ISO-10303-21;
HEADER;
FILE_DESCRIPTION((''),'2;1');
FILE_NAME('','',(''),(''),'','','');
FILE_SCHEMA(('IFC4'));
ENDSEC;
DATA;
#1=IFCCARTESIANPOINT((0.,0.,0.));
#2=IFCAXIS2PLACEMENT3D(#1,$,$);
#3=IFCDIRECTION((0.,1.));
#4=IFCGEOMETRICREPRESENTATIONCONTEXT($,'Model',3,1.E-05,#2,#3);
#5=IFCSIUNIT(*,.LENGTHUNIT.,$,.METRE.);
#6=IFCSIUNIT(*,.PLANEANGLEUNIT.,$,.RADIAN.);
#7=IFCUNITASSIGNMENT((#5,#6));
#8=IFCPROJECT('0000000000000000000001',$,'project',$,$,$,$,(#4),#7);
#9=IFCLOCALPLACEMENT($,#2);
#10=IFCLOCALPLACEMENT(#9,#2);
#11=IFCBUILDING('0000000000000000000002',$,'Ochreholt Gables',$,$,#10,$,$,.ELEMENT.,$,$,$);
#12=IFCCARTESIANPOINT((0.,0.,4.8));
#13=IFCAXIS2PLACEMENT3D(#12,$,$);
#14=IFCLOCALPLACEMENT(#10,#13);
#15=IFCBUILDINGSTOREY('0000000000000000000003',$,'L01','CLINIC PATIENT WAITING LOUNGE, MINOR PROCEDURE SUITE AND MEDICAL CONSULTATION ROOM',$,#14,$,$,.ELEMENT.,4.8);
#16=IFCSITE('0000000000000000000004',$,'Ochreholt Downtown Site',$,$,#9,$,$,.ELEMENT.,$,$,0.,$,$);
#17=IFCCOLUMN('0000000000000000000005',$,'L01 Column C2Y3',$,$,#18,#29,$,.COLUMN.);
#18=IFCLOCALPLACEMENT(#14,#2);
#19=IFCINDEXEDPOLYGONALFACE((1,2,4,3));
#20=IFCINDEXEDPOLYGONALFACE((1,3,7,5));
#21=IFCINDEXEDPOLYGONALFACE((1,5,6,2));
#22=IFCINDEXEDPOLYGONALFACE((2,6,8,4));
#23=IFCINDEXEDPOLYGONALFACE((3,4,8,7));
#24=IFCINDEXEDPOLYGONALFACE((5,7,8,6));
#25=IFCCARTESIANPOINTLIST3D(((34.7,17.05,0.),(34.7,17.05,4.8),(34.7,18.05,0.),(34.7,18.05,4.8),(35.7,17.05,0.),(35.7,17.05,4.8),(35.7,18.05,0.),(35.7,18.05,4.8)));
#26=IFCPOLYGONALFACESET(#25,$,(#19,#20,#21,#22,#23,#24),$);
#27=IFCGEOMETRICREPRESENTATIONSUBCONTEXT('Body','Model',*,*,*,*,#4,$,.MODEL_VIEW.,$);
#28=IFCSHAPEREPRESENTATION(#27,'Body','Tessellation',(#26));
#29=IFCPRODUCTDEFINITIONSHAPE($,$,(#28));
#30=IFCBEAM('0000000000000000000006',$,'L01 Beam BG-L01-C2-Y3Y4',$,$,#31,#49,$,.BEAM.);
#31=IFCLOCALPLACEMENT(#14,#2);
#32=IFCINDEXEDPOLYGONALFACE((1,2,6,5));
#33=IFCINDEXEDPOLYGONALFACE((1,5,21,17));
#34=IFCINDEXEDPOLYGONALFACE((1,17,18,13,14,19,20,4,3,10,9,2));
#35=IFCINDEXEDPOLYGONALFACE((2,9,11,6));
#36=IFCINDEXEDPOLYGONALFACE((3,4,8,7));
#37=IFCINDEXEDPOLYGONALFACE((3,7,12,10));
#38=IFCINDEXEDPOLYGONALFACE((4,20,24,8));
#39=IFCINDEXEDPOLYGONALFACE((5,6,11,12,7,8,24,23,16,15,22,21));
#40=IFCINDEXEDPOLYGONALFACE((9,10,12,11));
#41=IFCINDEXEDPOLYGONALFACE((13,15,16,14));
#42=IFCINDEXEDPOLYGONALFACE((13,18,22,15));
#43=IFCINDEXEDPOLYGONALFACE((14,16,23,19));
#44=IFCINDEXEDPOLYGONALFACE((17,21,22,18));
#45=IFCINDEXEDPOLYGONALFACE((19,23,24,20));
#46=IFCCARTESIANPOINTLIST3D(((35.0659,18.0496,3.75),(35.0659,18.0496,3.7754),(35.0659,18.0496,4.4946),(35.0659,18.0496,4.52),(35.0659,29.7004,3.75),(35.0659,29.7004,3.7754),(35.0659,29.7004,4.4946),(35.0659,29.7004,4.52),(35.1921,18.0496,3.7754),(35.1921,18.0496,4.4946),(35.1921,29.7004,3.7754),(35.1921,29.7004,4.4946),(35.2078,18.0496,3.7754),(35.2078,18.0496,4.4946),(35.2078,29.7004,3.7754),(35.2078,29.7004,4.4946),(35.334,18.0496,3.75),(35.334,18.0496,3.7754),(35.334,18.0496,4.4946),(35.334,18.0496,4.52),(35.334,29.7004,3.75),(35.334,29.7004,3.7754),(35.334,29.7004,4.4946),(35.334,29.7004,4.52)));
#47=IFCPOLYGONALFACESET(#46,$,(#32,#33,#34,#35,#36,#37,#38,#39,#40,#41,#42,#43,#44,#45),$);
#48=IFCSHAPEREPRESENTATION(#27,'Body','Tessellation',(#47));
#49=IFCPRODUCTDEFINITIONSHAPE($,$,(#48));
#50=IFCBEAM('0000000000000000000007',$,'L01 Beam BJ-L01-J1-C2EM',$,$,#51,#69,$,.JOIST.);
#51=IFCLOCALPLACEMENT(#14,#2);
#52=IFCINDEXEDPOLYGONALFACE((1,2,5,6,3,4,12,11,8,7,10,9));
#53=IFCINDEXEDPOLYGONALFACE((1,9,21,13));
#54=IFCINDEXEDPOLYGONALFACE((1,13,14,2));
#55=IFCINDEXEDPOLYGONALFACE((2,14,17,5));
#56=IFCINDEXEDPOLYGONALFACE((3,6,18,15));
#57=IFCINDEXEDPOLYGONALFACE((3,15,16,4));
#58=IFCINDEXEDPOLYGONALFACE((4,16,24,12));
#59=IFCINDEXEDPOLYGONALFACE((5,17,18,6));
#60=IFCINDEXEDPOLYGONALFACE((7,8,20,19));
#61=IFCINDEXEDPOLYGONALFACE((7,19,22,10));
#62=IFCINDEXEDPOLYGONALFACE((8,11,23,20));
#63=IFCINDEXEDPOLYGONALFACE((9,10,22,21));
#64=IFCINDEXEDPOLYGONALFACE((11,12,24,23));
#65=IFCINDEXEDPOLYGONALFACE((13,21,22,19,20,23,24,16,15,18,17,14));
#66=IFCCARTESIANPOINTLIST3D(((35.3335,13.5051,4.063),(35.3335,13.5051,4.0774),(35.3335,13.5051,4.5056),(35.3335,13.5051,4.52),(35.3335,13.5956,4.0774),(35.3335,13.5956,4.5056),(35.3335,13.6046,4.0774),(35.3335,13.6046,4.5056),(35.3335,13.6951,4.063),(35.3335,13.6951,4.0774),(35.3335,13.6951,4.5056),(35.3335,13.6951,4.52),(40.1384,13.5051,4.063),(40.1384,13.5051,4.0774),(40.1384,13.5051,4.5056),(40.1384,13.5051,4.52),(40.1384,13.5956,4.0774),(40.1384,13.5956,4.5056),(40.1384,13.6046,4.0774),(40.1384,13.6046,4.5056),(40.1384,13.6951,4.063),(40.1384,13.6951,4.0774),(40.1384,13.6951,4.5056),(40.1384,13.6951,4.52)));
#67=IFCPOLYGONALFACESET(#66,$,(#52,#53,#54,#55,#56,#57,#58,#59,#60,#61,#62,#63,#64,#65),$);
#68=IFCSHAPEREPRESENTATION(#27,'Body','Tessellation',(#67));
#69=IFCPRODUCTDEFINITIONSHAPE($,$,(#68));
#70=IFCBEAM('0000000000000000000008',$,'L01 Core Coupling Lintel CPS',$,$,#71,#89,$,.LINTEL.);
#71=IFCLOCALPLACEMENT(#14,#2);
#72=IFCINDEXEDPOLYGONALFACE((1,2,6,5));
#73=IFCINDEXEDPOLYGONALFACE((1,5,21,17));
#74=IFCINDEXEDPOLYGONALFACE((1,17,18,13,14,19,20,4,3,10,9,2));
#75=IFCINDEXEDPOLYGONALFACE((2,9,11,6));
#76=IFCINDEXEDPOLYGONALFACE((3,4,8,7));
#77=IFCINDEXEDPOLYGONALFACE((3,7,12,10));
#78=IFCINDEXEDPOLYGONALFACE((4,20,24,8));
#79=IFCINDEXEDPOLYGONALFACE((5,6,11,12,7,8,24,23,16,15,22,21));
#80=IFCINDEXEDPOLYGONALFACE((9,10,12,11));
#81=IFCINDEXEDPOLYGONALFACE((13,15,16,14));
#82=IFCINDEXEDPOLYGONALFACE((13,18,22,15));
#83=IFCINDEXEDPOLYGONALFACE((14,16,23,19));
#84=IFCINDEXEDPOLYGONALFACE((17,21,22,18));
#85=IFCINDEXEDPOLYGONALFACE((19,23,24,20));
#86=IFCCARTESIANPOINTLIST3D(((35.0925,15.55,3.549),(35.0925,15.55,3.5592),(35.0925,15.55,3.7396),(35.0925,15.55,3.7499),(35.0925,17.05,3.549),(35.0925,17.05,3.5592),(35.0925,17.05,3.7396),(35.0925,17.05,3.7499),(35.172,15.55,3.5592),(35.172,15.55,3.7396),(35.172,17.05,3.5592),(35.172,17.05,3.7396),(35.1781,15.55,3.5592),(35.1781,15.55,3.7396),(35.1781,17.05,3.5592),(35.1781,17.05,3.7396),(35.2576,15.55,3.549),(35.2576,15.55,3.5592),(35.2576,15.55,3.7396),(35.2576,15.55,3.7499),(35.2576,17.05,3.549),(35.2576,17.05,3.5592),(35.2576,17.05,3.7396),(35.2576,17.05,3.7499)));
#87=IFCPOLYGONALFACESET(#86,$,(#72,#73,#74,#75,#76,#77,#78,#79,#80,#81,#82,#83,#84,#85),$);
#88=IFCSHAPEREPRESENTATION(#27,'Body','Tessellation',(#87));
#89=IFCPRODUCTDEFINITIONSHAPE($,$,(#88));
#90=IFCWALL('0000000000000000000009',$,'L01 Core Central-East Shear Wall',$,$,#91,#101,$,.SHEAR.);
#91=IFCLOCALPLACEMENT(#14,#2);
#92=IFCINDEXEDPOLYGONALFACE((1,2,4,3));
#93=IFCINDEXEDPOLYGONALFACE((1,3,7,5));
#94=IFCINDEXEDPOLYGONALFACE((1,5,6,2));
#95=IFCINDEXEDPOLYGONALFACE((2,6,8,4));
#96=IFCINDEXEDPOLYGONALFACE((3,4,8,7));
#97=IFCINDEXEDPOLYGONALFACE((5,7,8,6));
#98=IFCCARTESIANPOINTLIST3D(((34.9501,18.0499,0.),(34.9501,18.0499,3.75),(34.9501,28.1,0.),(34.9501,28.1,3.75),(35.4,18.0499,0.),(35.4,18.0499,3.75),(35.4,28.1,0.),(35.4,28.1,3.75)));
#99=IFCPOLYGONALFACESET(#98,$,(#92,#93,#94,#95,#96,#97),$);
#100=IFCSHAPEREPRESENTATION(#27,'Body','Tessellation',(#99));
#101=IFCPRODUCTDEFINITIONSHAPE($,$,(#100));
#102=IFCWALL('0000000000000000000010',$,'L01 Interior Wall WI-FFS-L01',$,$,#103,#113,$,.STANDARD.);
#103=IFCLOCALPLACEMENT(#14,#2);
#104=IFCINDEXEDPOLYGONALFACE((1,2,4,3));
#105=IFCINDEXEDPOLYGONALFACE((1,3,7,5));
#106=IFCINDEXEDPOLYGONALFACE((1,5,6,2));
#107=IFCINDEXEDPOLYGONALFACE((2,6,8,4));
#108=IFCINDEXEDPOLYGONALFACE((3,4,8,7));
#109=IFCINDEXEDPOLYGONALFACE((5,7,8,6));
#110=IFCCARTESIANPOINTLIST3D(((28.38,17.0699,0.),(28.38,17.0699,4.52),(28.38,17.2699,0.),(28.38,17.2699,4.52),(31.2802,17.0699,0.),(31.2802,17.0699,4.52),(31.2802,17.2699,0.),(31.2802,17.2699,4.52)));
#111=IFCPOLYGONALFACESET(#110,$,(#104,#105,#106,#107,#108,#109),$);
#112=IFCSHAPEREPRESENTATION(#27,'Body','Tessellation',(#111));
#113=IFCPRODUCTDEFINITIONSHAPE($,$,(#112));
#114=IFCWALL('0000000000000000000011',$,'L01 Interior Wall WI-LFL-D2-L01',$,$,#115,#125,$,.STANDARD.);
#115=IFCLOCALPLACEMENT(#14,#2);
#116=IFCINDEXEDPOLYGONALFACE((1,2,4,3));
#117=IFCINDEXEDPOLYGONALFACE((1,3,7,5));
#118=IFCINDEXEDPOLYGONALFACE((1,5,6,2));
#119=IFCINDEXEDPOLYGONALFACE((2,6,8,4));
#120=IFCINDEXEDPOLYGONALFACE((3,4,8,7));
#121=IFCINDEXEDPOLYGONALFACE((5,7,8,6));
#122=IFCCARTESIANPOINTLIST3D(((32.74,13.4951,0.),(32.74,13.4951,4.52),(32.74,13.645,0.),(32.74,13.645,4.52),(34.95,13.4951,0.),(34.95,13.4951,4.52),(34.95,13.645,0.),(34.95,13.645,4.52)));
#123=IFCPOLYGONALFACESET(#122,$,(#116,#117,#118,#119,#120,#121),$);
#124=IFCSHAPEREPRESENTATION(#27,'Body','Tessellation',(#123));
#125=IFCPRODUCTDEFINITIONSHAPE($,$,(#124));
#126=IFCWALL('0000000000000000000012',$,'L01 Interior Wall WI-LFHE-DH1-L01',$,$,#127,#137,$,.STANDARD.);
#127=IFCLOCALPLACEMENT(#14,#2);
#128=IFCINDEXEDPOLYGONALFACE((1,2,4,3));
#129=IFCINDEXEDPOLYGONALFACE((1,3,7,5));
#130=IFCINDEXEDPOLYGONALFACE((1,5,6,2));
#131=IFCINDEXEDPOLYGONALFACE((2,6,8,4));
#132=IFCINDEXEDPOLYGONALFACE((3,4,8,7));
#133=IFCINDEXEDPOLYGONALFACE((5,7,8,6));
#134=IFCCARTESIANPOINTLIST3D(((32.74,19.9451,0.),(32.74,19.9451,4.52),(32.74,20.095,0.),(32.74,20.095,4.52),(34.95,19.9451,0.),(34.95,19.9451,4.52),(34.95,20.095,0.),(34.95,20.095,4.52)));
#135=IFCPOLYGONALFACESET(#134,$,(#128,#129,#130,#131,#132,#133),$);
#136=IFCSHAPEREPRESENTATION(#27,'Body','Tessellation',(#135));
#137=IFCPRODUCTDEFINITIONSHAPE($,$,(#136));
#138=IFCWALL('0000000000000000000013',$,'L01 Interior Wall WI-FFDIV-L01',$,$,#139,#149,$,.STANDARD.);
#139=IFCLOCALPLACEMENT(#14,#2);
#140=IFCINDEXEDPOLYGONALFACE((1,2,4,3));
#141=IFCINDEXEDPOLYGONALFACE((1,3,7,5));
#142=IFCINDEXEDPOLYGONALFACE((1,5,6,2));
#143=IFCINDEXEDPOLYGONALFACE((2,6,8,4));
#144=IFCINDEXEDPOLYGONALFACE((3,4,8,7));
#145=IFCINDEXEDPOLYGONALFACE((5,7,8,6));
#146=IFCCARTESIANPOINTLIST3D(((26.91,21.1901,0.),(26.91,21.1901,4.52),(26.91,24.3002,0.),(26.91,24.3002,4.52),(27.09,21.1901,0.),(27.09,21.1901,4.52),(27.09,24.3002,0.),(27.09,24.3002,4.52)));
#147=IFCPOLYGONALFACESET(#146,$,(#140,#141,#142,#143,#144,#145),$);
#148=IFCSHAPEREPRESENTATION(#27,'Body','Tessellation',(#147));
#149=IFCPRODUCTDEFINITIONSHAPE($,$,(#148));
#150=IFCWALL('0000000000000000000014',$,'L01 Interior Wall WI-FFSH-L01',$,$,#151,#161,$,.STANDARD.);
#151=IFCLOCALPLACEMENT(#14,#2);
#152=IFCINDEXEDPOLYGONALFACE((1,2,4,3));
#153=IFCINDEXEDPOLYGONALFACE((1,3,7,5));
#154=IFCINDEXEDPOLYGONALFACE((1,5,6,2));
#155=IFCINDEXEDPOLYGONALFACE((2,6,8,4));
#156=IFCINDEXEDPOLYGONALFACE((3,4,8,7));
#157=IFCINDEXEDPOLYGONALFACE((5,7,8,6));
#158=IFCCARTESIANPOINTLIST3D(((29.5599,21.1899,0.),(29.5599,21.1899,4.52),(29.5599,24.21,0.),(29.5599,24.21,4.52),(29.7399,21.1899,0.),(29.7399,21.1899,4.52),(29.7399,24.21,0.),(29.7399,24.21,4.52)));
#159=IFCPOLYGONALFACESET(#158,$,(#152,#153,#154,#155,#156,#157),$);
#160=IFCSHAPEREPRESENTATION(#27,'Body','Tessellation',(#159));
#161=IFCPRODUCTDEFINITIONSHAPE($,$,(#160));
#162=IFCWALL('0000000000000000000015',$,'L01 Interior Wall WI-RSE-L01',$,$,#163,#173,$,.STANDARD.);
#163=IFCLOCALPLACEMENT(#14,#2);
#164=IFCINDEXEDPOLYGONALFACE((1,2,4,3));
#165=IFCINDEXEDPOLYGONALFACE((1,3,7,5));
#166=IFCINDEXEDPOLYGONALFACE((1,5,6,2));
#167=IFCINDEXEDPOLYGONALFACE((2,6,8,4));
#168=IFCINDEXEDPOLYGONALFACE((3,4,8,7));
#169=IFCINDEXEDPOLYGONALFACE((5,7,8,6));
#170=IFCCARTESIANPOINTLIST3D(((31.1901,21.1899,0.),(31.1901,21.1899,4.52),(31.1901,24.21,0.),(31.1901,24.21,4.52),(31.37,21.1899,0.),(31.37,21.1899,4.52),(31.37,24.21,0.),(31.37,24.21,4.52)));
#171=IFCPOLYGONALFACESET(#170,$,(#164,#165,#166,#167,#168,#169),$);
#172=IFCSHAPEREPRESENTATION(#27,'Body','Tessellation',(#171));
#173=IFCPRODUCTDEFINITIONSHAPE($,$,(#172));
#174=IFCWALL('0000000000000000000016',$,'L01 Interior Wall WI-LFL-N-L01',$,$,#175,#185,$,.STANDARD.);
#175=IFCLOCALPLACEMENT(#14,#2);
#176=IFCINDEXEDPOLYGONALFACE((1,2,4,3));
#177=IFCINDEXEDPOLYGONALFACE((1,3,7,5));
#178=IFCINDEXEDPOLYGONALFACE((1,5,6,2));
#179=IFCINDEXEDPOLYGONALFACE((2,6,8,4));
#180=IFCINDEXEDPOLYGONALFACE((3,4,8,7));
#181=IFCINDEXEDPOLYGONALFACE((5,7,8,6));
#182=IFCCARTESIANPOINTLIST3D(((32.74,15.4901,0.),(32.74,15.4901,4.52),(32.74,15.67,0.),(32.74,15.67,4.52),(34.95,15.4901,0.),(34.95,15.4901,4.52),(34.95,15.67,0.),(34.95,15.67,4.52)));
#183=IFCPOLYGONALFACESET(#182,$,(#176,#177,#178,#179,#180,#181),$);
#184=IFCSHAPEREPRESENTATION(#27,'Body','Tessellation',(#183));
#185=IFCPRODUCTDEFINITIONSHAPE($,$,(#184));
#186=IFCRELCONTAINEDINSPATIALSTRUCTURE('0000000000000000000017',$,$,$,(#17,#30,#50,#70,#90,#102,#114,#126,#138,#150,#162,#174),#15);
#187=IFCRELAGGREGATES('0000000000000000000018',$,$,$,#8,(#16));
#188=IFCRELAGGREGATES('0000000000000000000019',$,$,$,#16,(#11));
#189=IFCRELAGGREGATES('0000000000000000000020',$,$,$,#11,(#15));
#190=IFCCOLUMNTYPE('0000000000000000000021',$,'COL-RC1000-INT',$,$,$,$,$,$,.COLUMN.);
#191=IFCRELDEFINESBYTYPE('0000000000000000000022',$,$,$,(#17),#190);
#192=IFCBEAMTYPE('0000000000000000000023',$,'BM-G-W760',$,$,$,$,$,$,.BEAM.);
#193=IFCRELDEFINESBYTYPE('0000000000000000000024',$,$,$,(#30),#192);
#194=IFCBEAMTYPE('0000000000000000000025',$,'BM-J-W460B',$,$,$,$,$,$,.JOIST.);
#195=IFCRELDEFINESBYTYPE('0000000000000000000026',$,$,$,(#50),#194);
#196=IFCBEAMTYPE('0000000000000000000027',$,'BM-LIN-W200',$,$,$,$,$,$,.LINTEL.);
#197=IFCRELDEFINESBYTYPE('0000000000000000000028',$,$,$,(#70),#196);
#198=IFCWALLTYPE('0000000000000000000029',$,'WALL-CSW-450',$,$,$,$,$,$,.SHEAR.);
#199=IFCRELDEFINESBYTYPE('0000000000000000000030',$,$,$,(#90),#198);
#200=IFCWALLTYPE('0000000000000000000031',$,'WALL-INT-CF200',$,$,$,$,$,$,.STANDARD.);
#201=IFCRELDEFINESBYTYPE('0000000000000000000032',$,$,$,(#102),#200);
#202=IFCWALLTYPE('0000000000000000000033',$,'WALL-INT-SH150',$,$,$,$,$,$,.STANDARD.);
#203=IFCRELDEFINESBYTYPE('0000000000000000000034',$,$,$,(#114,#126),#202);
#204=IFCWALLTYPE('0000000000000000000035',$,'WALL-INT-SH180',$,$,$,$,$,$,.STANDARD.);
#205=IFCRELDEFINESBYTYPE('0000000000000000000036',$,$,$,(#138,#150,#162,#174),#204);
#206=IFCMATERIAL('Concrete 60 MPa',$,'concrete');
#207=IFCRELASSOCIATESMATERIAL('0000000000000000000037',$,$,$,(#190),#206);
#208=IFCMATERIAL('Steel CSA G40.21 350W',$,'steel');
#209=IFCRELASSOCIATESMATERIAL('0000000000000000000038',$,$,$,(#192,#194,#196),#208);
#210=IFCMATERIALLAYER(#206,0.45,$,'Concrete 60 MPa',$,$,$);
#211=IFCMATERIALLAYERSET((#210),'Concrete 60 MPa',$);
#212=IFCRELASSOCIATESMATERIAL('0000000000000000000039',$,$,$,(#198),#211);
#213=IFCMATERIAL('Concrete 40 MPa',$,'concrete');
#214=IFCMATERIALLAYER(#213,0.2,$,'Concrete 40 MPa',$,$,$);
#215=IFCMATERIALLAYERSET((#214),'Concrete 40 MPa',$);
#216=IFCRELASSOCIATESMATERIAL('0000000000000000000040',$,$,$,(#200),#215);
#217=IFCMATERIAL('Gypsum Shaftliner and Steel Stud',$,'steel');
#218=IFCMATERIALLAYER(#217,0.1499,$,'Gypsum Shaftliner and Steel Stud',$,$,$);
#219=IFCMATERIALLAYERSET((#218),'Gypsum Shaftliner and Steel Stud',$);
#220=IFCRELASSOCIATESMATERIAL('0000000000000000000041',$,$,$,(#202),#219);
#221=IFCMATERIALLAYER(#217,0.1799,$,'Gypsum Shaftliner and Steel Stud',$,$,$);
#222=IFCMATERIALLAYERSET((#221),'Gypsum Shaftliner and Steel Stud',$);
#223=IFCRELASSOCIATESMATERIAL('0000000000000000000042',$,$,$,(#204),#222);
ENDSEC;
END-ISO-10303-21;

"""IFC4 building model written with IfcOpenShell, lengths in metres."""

from ifc_helpers import new_model, si_unit, direction, frame, frame_2d, origin, origin_2d, place, context, subcontext, project, spatial, rectangle, i_section, extrude, material, layer, layer_set, material_profile, profile_set, type_object, element, save


model = new_model("IFC4")

# Units and contexts
model_context = context("Model", 3, precision=1e-05, world=origin(), true_north=direction((0.0, 1.0)))
body_context = subcontext(model_context, "Body", "Model", "MODEL_VIEW")
ifc_project = project(units=[si_unit("LENGTHUNIT", "METRE"), si_unit("PLANEANGLEUNIT", "RADIAN")], contexts=[model_context])

# Site, building, storey
site_placement = place(None, origin())
site = spatial("IfcSite", under=ifc_project, at=site_placement, Name="Ochreholt Downtown Site", CompositionType="ELEMENT", RefElevation=0.0)
building_placement = place(site_placement, origin())
building = spatial("IfcBuilding", under=site, at=building_placement, Name="Ochreholt Gables", CompositionType="ELEMENT")
storey_placement = place(building_placement, frame((0.0, 0.0, 4.8)))
storey = spatial("IfcBuildingStorey", under=building, at=storey_placement, Name="L01", Description="CLINIC PATIENT WAITING LOUNGE, MINOR PROCEDURE SUITE AND MEDICAL CONSULTATION ROOM", CompositionType="ELEMENT", Elevation=4.8)

# Column
ifc_material_1 = material(Name="Concrete 60 MPa", Category="concrete")
ifc_material_profile_1 = material_profile(ifc_material_1, rectangle(XDim=1.0, YDim=1.0, at=origin_2d()), Name="RC1000X1000")
ifc_profile_set_1 = profile_set([ifc_material_profile_1], Name="Concrete 60 MPa")
column_type = type_object("IfcColumnType", Name="COL-RC1000-INT", PredefinedType="COLUMN", material=ifc_profile_set_1)
column_placement = place(storey_placement, frame((35.2, 17.55, 0.0), z_axis=(0.0, 0.0, 1.0), x_axis=(1.0, 0.0, 0.0)))
element("IfcColumn", 1, at=column_placement, inside=storey, type_object=column_type, Name="L01 Column C2Y3", PredefinedType="COLUMN", context=body_context, shape_type="SweptSolid", body=[
    extrude(rectangle(XDim=1.0, YDim=1.0, at=origin_2d()), origin(), (0.0, 0.0, 1.0), 4.8),
])

# Beams
ifc_material_2 = material(Name="Steel CSA G40.21 350W", Category="steel")
ifc_material_profile_2 = material_profile(ifc_material_2, i_section(OverallWidth=0.2681, OverallDepth=0.77, WebThickness=0.0156, FlangeThickness=0.0254, at=origin_2d()), Name="W760X196")
ifc_profile_set_2 = profile_set([ifc_material_profile_2], Name="Steel CSA G40.21 350W")
beam_type_1 = type_object("IfcBeamType", Name="BM-G-W760", PredefinedType="BEAM", material=ifc_profile_set_2)
beam_1_placement = place(storey_placement, frame((35.2, 18.0496, 4.135), z_axis=(0.0, 1.0, 0.0), x_axis=(-1.0, 0.0, 0.0)))
element("IfcBeam", 2, at=beam_1_placement, inside=storey, type_object=beam_type_1, Name="L01 Beam BG-L01-C2-Y3Y4", PredefinedType="BEAM", context=body_context, shape_type="SweptSolid", body=[
    extrude(i_section(OverallWidth=0.2681, OverallDepth=0.77, WebThickness=0.0156, FlangeThickness=0.0254, at=origin_2d()), origin(), (0.0, 0.0, 1.0), 11.6509),
])
ifc_material_profile_3 = material_profile(ifc_material_2, i_section(OverallWidth=0.1899, OverallDepth=0.457, WebThickness=0.009, FlangeThickness=0.0144, at=origin_2d()), Name="W460X74")
ifc_profile_set_3 = profile_set([ifc_material_profile_3], Name="Steel CSA G40.21 350W")
beam_type_2 = type_object("IfcBeamType", Name="BM-J-W460B", PredefinedType="JOIST", material=ifc_profile_set_3)
beam_2_placement = place(storey_placement, frame((35.3335, 13.6001, 4.2915), z_axis=(1.0, 0.0, 0.0), x_axis=(0.0, 1.0, 0.0)))
element("IfcBeam", 3, at=beam_2_placement, inside=storey, type_object=beam_type_2, Name="L01 Beam BJ-L01-J1-C2EM", PredefinedType="JOIST", context=body_context, shape_type="SweptSolid", body=[
    extrude(i_section(OverallWidth=0.1899, OverallDepth=0.457, WebThickness=0.009, FlangeThickness=0.0144, at=origin_2d()), origin(), (0.0, 0.0, 1.0), 4.8049),
])
ifc_material_profile_4 = material_profile(ifc_material_2, i_section(OverallWidth=0.165, OverallDepth=0.2009, WebThickness=0.0061, FlangeThickness=0.0103, at=origin_2d()), Name="W200X36")
ifc_profile_set_4 = profile_set([ifc_material_profile_4], Name="Steel CSA G40.21 350W")
beam_type_3 = type_object("IfcBeamType", Name="BM-LIN-W200", PredefinedType="LINTEL", material=ifc_profile_set_4)
beam_3_placement = place(storey_placement, frame((35.175, 15.55, 3.6494), z_axis=(0.0, 1.0, 0.0), x_axis=(-1.0, 0.0, 0.0)))
element("IfcBeam", 4, at=beam_3_placement, inside=storey, type_object=beam_type_3, Name="L01 Core Coupling Lintel CPS", PredefinedType="LINTEL", context=body_context, shape_type="SweptSolid", body=[
    extrude(i_section(OverallWidth=0.165, OverallDepth=0.2009, WebThickness=0.0061, FlangeThickness=0.0103, at=origin_2d()), origin(), (0.0, 0.0, 1.0), 1.5),
])

# Walls
ifc_layer_1 = layer(ifc_material_1, 0.45, Name="Concrete 60 MPa")
ifc_layer_set_1 = layer_set([ifc_layer_1], Name="Concrete 60 MPa")
wall_type_1 = type_object("IfcWallType", Name="WALL-CSW-450", PredefinedType="SHEAR", material=ifc_layer_set_1)
wall_1_placement = place(storey_placement, frame((35.175, 18.05, 0.0), z_axis=(0.0, 0.0, 1.0), x_axis=(0.0, 1.0, 0.0)))
element("IfcWall", 5, at=wall_1_placement, inside=storey, type_object=wall_type_1, Name="L01 Core Central-East Shear Wall", PredefinedType="SHEAR", context=body_context, shape_type="SweptSolid", body=[
    extrude(rectangle(XDim=10.05, YDim=0.45, at=frame_2d((5.0249, 0.0))), origin(), (0.0, 0.0, 1.0), 3.75),
])
ifc_material_3 = material(Name="Concrete 40 MPa", Category="concrete")
ifc_layer_2 = layer(ifc_material_3, 0.2, Name="Concrete 40 MPa")
ifc_layer_set_2 = layer_set([ifc_layer_2], Name="Concrete 40 MPa")
wall_type_2 = type_object("IfcWallType", Name="WALL-INT-CF200", PredefinedType="STANDARD", material=ifc_layer_set_2)
wall_2_placement = place(storey_placement, frame((28.3799, 17.1699, 0.0), z_axis=(0.0, 0.0, 1.0), x_axis=(1.0, 0.0, 0.0)))
element("IfcWall", 6, at=wall_2_placement, inside=storey, type_object=wall_type_2, Name="L01 Interior Wall WI-FFS-L01", PredefinedType="STANDARD", context=body_context, shape_type="SweptSolid", body=[
    extrude(rectangle(XDim=2.9001, YDim=0.2, at=frame_2d((1.4502, 0.0))), origin(), (0.0, 0.0, 1.0), 4.52),
])

# Walls
ifc_material_4 = material(Name="Gypsum Shaftliner and Steel Stud", Category="steel")
ifc_layer_3 = layer(ifc_material_4, 0.1499, Name="Gypsum Shaftliner and Steel Stud")
ifc_layer_set_3 = layer_set([ifc_layer_3], Name="Gypsum Shaftliner and Steel Stud")
wall_type_3 = type_object("IfcWallType", Name="WALL-INT-SH150", PredefinedType="STANDARD", material=ifc_layer_set_3)
for number, where, z_axis, x_axis, name in (
    (7, (32.74, 13.5701, 0.0), (0.0, 0.0, 1.0), (1.0, 0.0, 0.0), "L01 Interior Wall WI-LFL-D2-L01"),
    (8, (32.74, 20.02, 0.0), (0.0, 0.0, 1.0), (1.0, 0.0, 0.0), "L01 Interior Wall WI-LFHE-DH1-L01"),
):
    element("IfcWall", number, at=place(storey_placement, frame(where, z_axis=z_axis, x_axis=x_axis)), inside=storey, type_object=wall_type_3, Name=name, PredefinedType="STANDARD", context=body_context, shape_type="SweptSolid", body=[
        extrude(rectangle(XDim=2.21, YDim=0.1499, at=frame_2d((1.105, 0.0))), origin(), (0.0, 0.0, 1.0), 4.52),
    ])
ifc_layer_4 = layer(ifc_material_4, 0.1799, Name="Gypsum Shaftliner and Steel Stud")
ifc_layer_set_4 = layer_set([ifc_layer_4], Name="Gypsum Shaftliner and Steel Stud")
wall_type_4 = type_object("IfcWallType", Name="WALL-INT-SH180", PredefinedType="STANDARD", material=ifc_layer_set_4)
wall_3_placement = place(storey_placement, frame((27.0, 21.1899, 0.0), z_axis=(0.0, 0.0, 1.0), x_axis=(0.0, 1.0, 0.0)))
element("IfcWall", 9, at=wall_3_placement, inside=storey, type_object=wall_type_4, Name="L01 Interior Wall WI-FFDIV-L01", PredefinedType="STANDARD", context=body_context, shape_type="SweptSolid", body=[
    extrude(rectangle(XDim=3.1101, YDim=0.1799, at=frame_2d((1.5552, 0.0))), origin(), (0.0, 0.0, 1.0), 4.52),
])
for number, where, z_axis, x_axis, name in (
    (10, (29.6499, 21.1899, 0.0), (0.0, 0.0, 1.0), (0.0, 1.0, 0.0), "L01 Interior Wall WI-FFSH-L01"),
    (11, (31.28, 21.1899, 0.0), (0.0, 0.0, 1.0), (0.0, 1.0, 0.0), "L01 Interior Wall WI-RSE-L01"),
):
    element("IfcWall", number, at=place(storey_placement, frame(where, z_axis=z_axis, x_axis=x_axis)), inside=storey, type_object=wall_type_4, Name=name, PredefinedType="STANDARD", context=body_context, shape_type="SweptSolid", body=[
        extrude(rectangle(XDim=3.02, YDim=0.1799, at=frame_2d((1.51, 0.0))), origin(), (0.0, 0.0, 1.0), 4.52),
    ])
wall_4_placement = place(storey_placement, frame((32.74, 15.5801, 0.0), z_axis=(0.0, 0.0, 1.0), x_axis=(1.0, 0.0, 0.0)))
element("IfcWall", 12, at=wall_4_placement, inside=storey, type_object=wall_type_4, Name="L01 Interior Wall WI-LFL-N-L01", PredefinedType="STANDARD", context=body_context, shape_type="SweptSolid", body=[
    extrude(rectangle(XDim=2.21, YDim=0.1799, at=frame_2d((1.105, 0.0))), origin(), (0.0, 0.0, 1.0), 4.52),
])

save(model, "model.ifc")
